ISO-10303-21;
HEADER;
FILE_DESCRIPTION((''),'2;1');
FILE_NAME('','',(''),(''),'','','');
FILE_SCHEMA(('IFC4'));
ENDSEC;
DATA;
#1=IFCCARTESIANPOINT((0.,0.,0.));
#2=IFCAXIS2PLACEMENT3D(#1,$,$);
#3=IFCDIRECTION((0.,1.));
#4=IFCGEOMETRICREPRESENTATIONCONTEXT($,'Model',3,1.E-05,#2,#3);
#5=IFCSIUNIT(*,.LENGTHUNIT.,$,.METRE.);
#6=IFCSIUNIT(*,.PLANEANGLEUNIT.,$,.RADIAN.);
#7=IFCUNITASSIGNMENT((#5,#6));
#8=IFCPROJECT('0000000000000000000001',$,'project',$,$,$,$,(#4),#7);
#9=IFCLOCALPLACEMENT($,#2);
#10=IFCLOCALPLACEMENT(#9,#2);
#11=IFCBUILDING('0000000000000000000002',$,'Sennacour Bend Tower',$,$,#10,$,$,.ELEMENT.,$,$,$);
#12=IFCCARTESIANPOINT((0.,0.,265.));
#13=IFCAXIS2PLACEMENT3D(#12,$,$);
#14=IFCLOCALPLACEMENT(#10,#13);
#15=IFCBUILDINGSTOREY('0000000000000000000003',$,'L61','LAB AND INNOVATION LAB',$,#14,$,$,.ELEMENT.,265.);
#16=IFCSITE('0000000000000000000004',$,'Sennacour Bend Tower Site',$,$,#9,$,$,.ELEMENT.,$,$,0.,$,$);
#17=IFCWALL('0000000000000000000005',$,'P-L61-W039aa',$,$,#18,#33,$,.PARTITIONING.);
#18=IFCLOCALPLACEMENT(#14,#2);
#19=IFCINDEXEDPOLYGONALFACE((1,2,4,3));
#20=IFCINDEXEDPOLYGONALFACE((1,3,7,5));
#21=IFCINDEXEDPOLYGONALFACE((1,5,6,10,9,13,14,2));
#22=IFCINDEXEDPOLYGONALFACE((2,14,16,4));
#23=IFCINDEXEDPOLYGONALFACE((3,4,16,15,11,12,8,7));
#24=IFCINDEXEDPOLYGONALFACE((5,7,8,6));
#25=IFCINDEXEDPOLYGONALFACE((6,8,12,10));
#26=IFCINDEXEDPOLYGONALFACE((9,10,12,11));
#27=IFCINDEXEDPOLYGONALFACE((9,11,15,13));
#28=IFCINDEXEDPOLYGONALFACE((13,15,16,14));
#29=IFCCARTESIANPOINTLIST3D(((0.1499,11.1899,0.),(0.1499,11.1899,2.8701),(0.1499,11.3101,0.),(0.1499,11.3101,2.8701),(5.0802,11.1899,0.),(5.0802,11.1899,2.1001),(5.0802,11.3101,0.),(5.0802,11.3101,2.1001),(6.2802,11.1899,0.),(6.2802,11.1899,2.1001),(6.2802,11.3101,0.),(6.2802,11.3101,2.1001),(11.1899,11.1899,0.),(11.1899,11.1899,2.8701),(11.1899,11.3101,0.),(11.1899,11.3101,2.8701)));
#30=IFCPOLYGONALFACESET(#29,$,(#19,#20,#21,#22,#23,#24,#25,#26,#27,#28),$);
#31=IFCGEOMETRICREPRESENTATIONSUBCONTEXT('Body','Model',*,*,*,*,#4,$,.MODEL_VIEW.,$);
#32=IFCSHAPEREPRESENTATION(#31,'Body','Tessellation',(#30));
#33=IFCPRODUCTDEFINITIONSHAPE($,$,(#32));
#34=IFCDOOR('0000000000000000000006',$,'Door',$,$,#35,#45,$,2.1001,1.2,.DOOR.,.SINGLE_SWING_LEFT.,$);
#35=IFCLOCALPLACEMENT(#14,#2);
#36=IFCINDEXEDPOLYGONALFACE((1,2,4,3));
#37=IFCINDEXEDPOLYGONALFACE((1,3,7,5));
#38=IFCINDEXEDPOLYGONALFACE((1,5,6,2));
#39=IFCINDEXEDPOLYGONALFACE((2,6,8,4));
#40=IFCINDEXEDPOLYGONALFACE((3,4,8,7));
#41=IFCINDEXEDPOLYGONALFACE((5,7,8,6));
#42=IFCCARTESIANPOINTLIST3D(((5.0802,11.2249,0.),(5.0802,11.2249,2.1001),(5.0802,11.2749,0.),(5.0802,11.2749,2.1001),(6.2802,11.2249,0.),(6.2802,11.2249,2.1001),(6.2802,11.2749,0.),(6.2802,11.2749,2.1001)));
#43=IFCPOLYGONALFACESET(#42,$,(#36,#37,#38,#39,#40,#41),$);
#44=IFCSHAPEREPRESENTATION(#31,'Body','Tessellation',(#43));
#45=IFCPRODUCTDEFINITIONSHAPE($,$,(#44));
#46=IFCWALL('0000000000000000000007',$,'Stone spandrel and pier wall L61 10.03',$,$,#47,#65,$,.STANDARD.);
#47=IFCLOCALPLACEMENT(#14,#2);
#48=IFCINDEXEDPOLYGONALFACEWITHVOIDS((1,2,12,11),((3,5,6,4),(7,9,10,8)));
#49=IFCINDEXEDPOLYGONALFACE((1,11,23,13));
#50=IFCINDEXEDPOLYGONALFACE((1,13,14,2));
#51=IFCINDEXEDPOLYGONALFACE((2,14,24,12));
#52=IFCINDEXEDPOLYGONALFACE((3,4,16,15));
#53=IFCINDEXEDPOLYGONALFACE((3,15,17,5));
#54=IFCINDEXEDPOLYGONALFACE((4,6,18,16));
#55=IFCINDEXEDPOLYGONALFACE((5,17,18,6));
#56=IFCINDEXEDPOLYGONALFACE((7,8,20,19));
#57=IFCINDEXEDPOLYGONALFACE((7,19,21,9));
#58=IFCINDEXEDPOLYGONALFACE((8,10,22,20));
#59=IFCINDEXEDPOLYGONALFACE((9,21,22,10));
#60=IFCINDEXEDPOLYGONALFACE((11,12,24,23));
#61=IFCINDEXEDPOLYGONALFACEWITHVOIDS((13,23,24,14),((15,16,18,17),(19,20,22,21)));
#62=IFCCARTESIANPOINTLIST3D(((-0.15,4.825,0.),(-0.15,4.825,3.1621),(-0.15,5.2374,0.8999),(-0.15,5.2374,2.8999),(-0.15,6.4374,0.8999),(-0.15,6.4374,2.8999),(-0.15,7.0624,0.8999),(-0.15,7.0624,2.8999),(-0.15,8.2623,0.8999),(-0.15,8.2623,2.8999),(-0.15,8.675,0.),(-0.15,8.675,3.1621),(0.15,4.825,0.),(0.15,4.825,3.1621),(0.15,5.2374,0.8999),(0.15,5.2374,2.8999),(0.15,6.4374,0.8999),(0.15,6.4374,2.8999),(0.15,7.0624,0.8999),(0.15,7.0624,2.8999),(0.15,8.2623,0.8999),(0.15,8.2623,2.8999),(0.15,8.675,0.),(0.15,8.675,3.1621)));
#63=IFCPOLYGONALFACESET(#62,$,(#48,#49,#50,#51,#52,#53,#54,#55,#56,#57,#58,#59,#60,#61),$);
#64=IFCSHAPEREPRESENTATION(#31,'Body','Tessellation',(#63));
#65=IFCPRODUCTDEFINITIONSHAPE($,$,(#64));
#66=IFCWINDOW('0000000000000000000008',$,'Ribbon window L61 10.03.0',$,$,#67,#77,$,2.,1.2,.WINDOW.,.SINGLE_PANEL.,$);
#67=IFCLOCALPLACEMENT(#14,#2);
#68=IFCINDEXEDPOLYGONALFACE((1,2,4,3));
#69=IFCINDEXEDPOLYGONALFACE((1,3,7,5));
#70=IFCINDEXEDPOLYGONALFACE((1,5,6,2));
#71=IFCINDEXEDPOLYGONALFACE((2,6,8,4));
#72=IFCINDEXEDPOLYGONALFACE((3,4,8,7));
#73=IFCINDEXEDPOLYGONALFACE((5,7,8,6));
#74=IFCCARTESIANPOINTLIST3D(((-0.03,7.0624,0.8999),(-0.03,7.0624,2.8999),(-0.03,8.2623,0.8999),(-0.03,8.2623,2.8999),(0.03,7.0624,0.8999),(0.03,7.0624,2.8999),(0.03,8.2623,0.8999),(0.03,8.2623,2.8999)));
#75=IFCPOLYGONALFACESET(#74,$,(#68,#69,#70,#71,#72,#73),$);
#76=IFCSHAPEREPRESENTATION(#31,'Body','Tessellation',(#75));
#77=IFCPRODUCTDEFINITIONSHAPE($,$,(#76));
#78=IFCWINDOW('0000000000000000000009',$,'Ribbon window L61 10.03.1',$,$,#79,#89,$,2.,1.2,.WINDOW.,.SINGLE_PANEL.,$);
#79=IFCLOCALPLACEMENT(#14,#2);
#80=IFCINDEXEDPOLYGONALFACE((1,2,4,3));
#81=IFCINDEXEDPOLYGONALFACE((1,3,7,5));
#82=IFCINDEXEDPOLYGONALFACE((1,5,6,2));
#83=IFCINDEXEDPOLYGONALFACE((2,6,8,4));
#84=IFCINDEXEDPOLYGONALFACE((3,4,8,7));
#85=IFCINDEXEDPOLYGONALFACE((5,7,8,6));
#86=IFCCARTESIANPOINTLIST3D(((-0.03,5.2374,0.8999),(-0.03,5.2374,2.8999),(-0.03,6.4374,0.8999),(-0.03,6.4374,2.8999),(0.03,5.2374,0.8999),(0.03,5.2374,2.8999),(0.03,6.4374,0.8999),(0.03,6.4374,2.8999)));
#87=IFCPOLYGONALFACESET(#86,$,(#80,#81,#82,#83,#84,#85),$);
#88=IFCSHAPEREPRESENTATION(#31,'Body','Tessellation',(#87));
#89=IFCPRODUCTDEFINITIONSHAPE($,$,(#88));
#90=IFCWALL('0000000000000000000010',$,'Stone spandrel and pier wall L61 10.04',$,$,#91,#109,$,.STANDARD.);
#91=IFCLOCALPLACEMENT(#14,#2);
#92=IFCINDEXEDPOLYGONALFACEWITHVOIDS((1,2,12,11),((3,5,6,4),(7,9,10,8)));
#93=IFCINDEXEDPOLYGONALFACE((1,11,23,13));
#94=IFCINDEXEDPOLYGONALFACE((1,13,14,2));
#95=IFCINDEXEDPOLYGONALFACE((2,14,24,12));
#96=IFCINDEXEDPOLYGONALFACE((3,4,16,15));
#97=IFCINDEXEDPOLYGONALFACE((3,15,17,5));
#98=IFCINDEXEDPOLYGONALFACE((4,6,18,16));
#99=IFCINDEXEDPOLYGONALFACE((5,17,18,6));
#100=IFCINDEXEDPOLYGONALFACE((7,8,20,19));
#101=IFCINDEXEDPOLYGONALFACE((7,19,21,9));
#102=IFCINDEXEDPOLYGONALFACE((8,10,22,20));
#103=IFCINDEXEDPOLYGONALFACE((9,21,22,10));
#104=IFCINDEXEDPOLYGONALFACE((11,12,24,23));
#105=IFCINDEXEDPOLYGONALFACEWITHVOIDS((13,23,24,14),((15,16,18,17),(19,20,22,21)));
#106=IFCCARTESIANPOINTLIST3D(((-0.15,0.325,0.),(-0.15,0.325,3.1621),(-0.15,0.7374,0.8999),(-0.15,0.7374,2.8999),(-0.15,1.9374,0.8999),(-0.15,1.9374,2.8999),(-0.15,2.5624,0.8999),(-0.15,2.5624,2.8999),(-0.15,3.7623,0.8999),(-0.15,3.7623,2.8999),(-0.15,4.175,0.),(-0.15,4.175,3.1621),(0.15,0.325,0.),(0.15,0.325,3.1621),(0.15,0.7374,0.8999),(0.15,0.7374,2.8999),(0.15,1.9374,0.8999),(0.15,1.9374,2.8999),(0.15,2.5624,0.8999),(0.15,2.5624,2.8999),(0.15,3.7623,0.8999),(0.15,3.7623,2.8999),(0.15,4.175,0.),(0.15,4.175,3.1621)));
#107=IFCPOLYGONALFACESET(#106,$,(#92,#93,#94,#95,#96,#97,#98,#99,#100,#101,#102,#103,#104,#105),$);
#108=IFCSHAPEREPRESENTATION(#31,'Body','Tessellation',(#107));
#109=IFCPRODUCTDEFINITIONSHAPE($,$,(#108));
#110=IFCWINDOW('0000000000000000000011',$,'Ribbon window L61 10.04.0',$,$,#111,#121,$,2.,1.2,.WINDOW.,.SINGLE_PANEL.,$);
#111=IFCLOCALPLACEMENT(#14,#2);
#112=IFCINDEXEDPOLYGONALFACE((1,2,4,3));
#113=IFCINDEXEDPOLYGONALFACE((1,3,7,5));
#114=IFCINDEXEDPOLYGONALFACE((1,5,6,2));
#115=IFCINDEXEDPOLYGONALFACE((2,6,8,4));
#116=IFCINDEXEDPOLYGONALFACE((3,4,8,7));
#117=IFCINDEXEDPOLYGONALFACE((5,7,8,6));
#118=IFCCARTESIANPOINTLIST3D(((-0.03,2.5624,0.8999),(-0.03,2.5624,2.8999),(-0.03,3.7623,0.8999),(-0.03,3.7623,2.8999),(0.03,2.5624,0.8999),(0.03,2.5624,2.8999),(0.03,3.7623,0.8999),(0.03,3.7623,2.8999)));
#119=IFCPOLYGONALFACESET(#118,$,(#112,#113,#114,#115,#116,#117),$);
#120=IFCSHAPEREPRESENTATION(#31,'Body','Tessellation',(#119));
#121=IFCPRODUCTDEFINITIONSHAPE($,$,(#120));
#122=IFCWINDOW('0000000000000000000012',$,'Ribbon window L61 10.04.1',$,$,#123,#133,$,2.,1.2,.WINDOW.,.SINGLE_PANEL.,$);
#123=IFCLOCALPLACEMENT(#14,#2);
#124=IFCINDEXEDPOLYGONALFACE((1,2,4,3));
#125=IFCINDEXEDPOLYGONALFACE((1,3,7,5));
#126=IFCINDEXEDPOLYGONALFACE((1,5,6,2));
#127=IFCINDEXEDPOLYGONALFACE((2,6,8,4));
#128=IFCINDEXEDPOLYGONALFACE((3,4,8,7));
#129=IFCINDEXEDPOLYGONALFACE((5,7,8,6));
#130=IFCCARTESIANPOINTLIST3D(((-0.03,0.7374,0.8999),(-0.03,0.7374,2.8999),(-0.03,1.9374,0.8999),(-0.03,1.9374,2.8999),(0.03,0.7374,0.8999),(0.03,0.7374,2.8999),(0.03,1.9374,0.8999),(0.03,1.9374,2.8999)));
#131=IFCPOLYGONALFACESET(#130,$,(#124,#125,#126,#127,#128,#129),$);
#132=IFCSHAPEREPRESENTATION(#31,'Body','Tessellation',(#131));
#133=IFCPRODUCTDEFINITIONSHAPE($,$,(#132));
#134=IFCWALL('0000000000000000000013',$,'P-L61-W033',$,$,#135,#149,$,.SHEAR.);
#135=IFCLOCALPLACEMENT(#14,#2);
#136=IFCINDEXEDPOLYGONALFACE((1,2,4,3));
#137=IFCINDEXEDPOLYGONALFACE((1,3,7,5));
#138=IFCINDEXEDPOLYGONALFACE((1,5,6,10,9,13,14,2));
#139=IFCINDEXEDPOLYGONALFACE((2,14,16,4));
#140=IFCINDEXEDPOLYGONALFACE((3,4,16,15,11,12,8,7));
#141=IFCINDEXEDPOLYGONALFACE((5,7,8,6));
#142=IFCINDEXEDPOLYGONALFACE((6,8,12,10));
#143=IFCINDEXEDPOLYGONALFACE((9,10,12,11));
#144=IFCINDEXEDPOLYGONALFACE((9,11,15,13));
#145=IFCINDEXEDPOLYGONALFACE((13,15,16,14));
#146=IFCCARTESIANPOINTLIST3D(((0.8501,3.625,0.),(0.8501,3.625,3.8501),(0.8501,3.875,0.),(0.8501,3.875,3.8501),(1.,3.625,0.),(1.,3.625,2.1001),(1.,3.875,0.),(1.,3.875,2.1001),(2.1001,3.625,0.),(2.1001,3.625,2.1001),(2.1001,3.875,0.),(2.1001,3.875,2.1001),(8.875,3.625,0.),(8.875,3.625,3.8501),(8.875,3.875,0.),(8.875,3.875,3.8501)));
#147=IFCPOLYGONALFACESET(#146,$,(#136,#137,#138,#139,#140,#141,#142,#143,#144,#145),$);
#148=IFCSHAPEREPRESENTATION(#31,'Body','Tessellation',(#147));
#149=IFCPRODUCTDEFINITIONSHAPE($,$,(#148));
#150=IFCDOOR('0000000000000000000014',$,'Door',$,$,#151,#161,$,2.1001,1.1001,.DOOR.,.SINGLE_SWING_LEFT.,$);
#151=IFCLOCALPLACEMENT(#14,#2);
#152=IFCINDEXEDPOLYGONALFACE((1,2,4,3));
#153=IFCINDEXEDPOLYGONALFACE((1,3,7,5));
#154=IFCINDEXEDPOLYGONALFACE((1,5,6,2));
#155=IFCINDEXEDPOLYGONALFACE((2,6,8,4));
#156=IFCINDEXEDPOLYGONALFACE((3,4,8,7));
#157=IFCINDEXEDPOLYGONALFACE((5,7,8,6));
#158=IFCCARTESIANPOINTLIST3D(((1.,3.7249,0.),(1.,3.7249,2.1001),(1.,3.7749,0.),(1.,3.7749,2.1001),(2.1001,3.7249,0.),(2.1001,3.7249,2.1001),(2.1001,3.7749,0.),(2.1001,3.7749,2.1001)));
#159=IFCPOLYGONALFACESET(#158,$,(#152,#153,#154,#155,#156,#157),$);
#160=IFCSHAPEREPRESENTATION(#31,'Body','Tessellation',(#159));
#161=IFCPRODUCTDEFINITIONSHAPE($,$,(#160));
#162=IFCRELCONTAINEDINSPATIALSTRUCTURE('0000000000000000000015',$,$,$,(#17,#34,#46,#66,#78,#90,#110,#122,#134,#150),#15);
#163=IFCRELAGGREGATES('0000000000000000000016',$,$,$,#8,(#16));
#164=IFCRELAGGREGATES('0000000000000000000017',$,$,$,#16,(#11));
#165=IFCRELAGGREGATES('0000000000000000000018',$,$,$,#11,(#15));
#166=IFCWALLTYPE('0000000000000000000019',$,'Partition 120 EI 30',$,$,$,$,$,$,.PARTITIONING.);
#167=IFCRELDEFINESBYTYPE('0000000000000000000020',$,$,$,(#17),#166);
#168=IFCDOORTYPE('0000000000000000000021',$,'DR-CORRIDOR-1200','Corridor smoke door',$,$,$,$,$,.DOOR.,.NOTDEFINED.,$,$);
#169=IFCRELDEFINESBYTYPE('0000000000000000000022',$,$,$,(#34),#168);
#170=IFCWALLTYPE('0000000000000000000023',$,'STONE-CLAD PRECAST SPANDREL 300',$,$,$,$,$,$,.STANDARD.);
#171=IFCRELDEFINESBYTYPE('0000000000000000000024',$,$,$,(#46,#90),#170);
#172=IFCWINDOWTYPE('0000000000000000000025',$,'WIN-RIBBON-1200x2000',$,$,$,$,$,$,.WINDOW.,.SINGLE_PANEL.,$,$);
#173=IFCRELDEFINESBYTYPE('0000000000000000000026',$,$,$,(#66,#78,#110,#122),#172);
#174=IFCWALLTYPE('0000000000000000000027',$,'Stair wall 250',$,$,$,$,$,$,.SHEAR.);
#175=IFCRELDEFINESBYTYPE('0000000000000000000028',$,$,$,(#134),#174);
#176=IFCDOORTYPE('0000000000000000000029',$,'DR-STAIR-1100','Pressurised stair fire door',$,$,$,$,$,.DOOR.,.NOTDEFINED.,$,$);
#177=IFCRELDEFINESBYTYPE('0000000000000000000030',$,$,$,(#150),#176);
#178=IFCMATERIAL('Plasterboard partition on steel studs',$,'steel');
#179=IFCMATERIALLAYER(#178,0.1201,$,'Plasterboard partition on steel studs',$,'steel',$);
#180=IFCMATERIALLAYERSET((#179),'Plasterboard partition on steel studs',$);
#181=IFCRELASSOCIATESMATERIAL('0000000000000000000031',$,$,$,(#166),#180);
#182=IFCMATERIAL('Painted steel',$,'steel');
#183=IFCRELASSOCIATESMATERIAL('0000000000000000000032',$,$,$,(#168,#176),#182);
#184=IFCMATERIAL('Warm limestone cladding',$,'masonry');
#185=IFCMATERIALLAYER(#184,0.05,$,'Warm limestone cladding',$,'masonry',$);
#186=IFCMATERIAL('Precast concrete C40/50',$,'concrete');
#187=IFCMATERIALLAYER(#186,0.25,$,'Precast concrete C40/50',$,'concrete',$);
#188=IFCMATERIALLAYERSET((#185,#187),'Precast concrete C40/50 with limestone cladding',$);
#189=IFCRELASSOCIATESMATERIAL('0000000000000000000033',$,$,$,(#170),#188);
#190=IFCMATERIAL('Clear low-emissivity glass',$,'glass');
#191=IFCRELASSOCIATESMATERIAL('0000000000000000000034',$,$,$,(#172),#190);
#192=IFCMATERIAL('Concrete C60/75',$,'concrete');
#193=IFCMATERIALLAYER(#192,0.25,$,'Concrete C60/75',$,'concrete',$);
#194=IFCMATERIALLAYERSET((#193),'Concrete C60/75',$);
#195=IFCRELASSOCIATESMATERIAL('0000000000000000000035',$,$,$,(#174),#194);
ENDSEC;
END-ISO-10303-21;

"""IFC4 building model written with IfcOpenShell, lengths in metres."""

from ifc_helpers import new_model, si_unit, direction, frame, frame_2d, origin, place, context, subcontext, project, spatial, rectangle, extrude, material, layer, layer_set, type_object, element, fill, save


model = new_model("IFC4")

# Units and contexts
model_context = context("Model", 3, precision=1e-05, world=origin(), true_north=direction((0.0, 1.0)))
body_context = subcontext(model_context, "Body", "Model", "MODEL_VIEW")
ifc_project = project(units=[si_unit("LENGTHUNIT", "METRE"), si_unit("PLANEANGLEUNIT", "RADIAN")], contexts=[model_context])

# Site, building, storey
site_placement = place(None, origin())
site = spatial("IfcSite", under=ifc_project, at=site_placement, Name="Sennacour Bend Tower Site", CompositionType="ELEMENT", RefElevation=0.0)
building_placement = place(site_placement, origin())
building = spatial("IfcBuilding", under=site, at=building_placement, Name="Sennacour Bend Tower", CompositionType="ELEMENT")
storey_placement = place(building_placement, frame((0.0, 0.0, 265.0)))
storey = spatial("IfcBuildingStorey", under=building, at=storey_placement, Name="L61", Description="LAB AND INNOVATION LAB", CompositionType="ELEMENT", Elevation=265.0)

# Shared definitions
ifc_material_1 = material(Name="Plasterboard partition on steel studs", Category="steel")

# Wall, opening, door
ifc_layer_1 = layer(ifc_material_1, 0.1201, Name="Plasterboard partition on steel studs", Category="steel")
ifc_layer_set_1 = layer_set([ifc_layer_1], Name="Plasterboard partition on steel studs")
wall_type_1 = type_object("IfcWallType", Name="Partition 120 EI 30", PredefinedType="PARTITIONING", material=ifc_layer_set_1)
wall_1_placement = place(storey_placement, frame((0.1499, 11.25, 0.0), z_axis=(0.0, 0.0, 1.0), x_axis=(1.0, 0.0, 0.0)))
wall_1 = element("IfcWall", 1, at=wall_1_placement, inside=storey, type_object=wall_type_1, Name="P-L61-W039aa", PredefinedType="PARTITIONING", context=body_context, shape_type="SweptSolid", body=[
    extrude(rectangle(XDim=11.04, YDim=0.1201, at=frame_2d((5.52, 0.0))), origin(), (0.0, 0.0, 1.0), 2.8701),
])
opening_1_placement = place(wall_1_placement, frame((4.9302, 0.0, 0.0)))
opening_1 = element("IfcOpeningElement", 2, at=opening_1_placement, cuts=wall_1, PredefinedType="OPENING", context=body_context, shape_type="SweptSolid", body=[
    extrude(rectangle(XDim=1.2, YDim=2.1001, at=frame_2d((0.6001, 1.05))), frame((0.0, 0.0701, 0.0), z_axis=(0.0, -1.0, 0.0), x_axis=(1.0, 0.0, 0.0)), (0.0, 0.0, 1.0), 0.1401),
])
ifc_material_2 = material(Name="Painted steel", Category="steel")
door_type_1 = type_object("IfcDoorType", Name="DR-CORRIDOR-1200", Description="Corridor smoke door", OperationType="NOTDEFINED", PredefinedType="DOOR", material=ifc_material_2)
door_1_placement = place(opening_1_placement, origin())
door_1 = element("IfcDoor", 3, at=door_1_placement, inside=storey, type_object=door_type_1, Name="Door", OperationType="SINGLE_SWING_LEFT", OverallHeight=2.1001, OverallWidth=1.2, PredefinedType="DOOR", context=body_context, shape_type="SweptSolid", body=[
    extrude(rectangle(XDim=1.2, YDim=2.1001, at=frame_2d((0.6001, 1.05))), frame((0.0, 0.0249, 0.0), z_axis=(0.0, -1.0, 0.0), x_axis=(1.0, 0.0, 0.0)), (0.0, 0.0, 1.0), 0.05),
])
fill(opening_1, door_1)

# Walls, openings, windows
ifc_material_3 = material(Name="Warm limestone cladding", Category="masonry")
ifc_layer_2 = layer(ifc_material_3, 0.05, Name="Warm limestone cladding", Category="masonry")
ifc_material_4 = material(Name="Precast concrete C40/50", Category="concrete")
ifc_layer_3 = layer(ifc_material_4, 0.25, Name="Precast concrete C40/50", Category="concrete")
ifc_layer_set_2 = layer_set([ifc_layer_2, ifc_layer_3], Name="Precast concrete C40/50 with limestone cladding")
wall_type_2 = type_object("IfcWallType", Name="STONE-CLAD PRECAST SPANDREL 300", PredefinedType="STANDARD", material=ifc_layer_set_2)
wall_2_placement = place(storey_placement, frame((0.0, 8.675, 0.0), z_axis=(0.0, 0.0, 1.0), x_axis=(0.0, -1.0, 0.0)))
wall_2 = element("IfcWall", 4, at=wall_2_placement, inside=storey, type_object=wall_type_2, Name="Stone spandrel and pier wall L61 10.03", PredefinedType="STANDARD", context=body_context, shape_type="SweptSolid", body=[
    extrude(rectangle(XDim=3.8501, YDim=0.3, at=frame_2d((1.925, 0.0))), origin(), (0.0, 0.0, 1.0), 3.1621),
])
opening_2_placement = place(wall_2_placement, frame((0.4126, 0.0, 0.8999)))
opening_2 = element("IfcOpeningElement", 5, at=opening_2_placement, cuts=wall_2, PredefinedType="OPENING", context=body_context, shape_type="SweptSolid", body=[
    extrude(rectangle(XDim=1.2, YDim=2.0, at=frame_2d((0.6001, 1.0))), frame((0.0, 0.1602, 0.0), z_axis=(0.0, -1.0, 0.0), x_axis=(1.0, 0.0, 0.0)), (0.0, 0.0, 1.0), 0.3201),
])
opening_3_placement = place(wall_2_placement, frame((2.2375, 0.0, 0.8999)))
opening_3 = element("IfcOpeningElement", 6, at=opening_3_placement, cuts=wall_2, PredefinedType="OPENING", context=body_context, shape_type="SweptSolid", body=[
    extrude(rectangle(XDim=1.2, YDim=2.0, at=frame_2d((0.6001, 1.0))), frame((0.0, 0.1602, 0.0), z_axis=(0.0, -1.0, 0.0), x_axis=(1.0, 0.0, 0.0)), (0.0, 0.0, 1.0), 0.3201),
])
ifc_material_5 = material(Name="Clear low-emissivity glass", Category="glass")
window_type = type_object("IfcWindowType", Name="WIN-RIBBON-1200x2000", PartitioningType="SINGLE_PANEL", PredefinedType="WINDOW", material=ifc_material_5)
window_1_placement = place(opening_2_placement, origin())
window_1 = element("IfcWindow", 7, at=window_1_placement, inside=storey, type_object=window_type, Name="Ribbon window L61 10.03.0", OverallHeight=2.0, OverallWidth=1.2, PartitioningType="SINGLE_PANEL", PredefinedType="WINDOW", context=body_context, shape_type="SweptSolid", body=[
    extrude(rectangle(XDim=1.2, YDim=2.0, at=frame_2d((0.6001, 1.0))), frame((0.0, 0.03, 0.0), z_axis=(0.0, -1.0, 0.0), x_axis=(1.0, 0.0, 0.0)), (0.0, 0.0, 1.0), 0.0601),
])
fill(opening_2, window_1)
window_2_placement = place(opening_3_placement, origin())
window_2 = element("IfcWindow", 8, at=window_2_placement, inside=storey, type_object=window_type, Name="Ribbon window L61 10.03.1", OverallHeight=2.0, OverallWidth=1.2, PartitioningType="SINGLE_PANEL", PredefinedType="WINDOW", context=body_context, shape_type="SweptSolid", body=[
    extrude(rectangle(XDim=1.2, YDim=2.0, at=frame_2d((0.6001, 1.0))), frame((0.0, 0.03, 0.0), z_axis=(0.0, -1.0, 0.0), x_axis=(1.0, 0.0, 0.0)), (0.0, 0.0, 1.0), 0.0601),
])
fill(opening_3, window_2)
wall_3_placement = place(storey_placement, frame((0.0, 4.175, 0.0), z_axis=(0.0, 0.0, 1.0), x_axis=(0.0, -1.0, 0.0)))
wall_3 = element("IfcWall", 9, at=wall_3_placement, inside=storey, type_object=wall_type_2, Name="Stone spandrel and pier wall L61 10.04", PredefinedType="STANDARD", context=body_context, shape_type="SweptSolid", body=[
    extrude(rectangle(XDim=3.8501, YDim=0.3, at=frame_2d((1.925, 0.0))), origin(), (0.0, 0.0, 1.0), 3.1621),
])
opening_4_placement = place(wall_3_placement, frame((0.4126, 0.0, 0.8999)))
opening_4 = element("IfcOpeningElement", 10, at=opening_4_placement, cuts=wall_3, PredefinedType="OPENING", context=body_context, shape_type="SweptSolid", body=[
    extrude(rectangle(XDim=1.2, YDim=2.0, at=frame_2d((0.6001, 1.0))), frame((0.0, 0.1602, 0.0), z_axis=(0.0, -1.0, 0.0), x_axis=(1.0, 0.0, 0.0)), (0.0, 0.0, 1.0), 0.3201),
])
opening_5_placement = place(wall_3_placement, frame((2.2375, 0.0, 0.8999)))
opening_5 = element("IfcOpeningElement", 11, at=opening_5_placement, cuts=wall_3, PredefinedType="OPENING", context=body_context, shape_type="SweptSolid", body=[
    extrude(rectangle(XDim=1.2, YDim=2.0, at=frame_2d((0.6001, 1.0))), frame((0.0, 0.1602, 0.0), z_axis=(0.0, -1.0, 0.0), x_axis=(1.0, 0.0, 0.0)), (0.0, 0.0, 1.0), 0.3201),
])
window_3_placement = place(opening_4_placement, origin())
window_3 = element("IfcWindow", 12, at=window_3_placement, inside=storey, type_object=window_type, Name="Ribbon window L61 10.04.0", OverallHeight=2.0, OverallWidth=1.2, PartitioningType="SINGLE_PANEL", PredefinedType="WINDOW", context=body_context, shape_type="SweptSolid", body=[
    extrude(rectangle(XDim=1.2, YDim=2.0, at=frame_2d((0.6001, 1.0))), frame((0.0, 0.03, 0.0), z_axis=(0.0, -1.0, 0.0), x_axis=(1.0, 0.0, 0.0)), (0.0, 0.0, 1.0), 0.0601),
])
fill(opening_4, window_3)
window_4_placement = place(opening_5_placement, origin())
window_4 = element("IfcWindow", 13, at=window_4_placement, inside=storey, type_object=window_type, Name="Ribbon window L61 10.04.1", OverallHeight=2.0, OverallWidth=1.2, PartitioningType="SINGLE_PANEL", PredefinedType="WINDOW", context=body_context, shape_type="SweptSolid", body=[
    extrude(rectangle(XDim=1.2, YDim=2.0, at=frame_2d((0.6001, 1.0))), frame((0.0, 0.03, 0.0), z_axis=(0.0, -1.0, 0.0), x_axis=(1.0, 0.0, 0.0)), (0.0, 0.0, 1.0), 0.0601),
])
fill(opening_5, window_4)

# Wall, opening, door
ifc_material_6 = material(Name="Concrete C60/75", Category="concrete")
ifc_layer_4 = layer(ifc_material_6, 0.25, Name="Concrete C60/75", Category="concrete")
ifc_layer_set_3 = layer_set([ifc_layer_4], Name="Concrete C60/75")
wall_type_3 = type_object("IfcWallType", Name="Stair wall 250", PredefinedType="SHEAR", material=ifc_layer_set_3)
wall_4_placement = place(storey_placement, frame((0.8501, 3.75, 0.0), z_axis=(0.0, 0.0, 1.0), x_axis=(1.0, 0.0, 0.0)))
wall_4 = element("IfcWall", 14, at=wall_4_placement, inside=storey, type_object=wall_type_3, Name="P-L61-W033", PredefinedType="SHEAR", context=body_context, shape_type="SweptSolid", body=[
    extrude(rectangle(XDim=8.0249, YDim=0.25, at=frame_2d((4.0125, 0.0))), origin(), (0.0, 0.0, 1.0), 3.8501),
])
opening_6_placement = place(wall_4_placement, frame((0.1499, 0.0, 0.0)))
opening_6 = element("IfcOpeningElement", 15, at=opening_6_placement, cuts=wall_4, PredefinedType="OPENING", context=body_context, shape_type="SweptSolid", body=[
    extrude(rectangle(XDim=1.1001, YDim=2.1001, at=frame_2d((0.55, 1.05))), frame((0.0, 0.135, 0.0), z_axis=(0.0, -1.0, 0.0), x_axis=(1.0, 0.0, 0.0)), (0.0, 0.0, 1.0), 0.27),
])
door_type_2 = type_object("IfcDoorType", Name="DR-STAIR-1100", Description="Pressurised stair fire door", OperationType="NOTDEFINED", PredefinedType="DOOR", material=ifc_material_2)
door_2_placement = place(opening_6_placement, origin())
door_2 = element("IfcDoor", 16, at=door_2_placement, inside=storey, type_object=door_type_2, Name="Door", OperationType="SINGLE_SWING_LEFT", OverallHeight=2.1001, OverallWidth=1.1001, PredefinedType="DOOR", context=body_context, shape_type="SweptSolid", body=[
    extrude(rectangle(XDim=1.1001, YDim=2.1001, at=frame_2d((0.55, 1.05))), frame((0.0, 0.0249, 0.0), z_axis=(0.0, -1.0, 0.0), x_axis=(1.0, 0.0, 0.0)), (0.0, 0.0, 1.0), 0.05),
])
fill(opening_6, door_2)

save(model, "model.ifc")
